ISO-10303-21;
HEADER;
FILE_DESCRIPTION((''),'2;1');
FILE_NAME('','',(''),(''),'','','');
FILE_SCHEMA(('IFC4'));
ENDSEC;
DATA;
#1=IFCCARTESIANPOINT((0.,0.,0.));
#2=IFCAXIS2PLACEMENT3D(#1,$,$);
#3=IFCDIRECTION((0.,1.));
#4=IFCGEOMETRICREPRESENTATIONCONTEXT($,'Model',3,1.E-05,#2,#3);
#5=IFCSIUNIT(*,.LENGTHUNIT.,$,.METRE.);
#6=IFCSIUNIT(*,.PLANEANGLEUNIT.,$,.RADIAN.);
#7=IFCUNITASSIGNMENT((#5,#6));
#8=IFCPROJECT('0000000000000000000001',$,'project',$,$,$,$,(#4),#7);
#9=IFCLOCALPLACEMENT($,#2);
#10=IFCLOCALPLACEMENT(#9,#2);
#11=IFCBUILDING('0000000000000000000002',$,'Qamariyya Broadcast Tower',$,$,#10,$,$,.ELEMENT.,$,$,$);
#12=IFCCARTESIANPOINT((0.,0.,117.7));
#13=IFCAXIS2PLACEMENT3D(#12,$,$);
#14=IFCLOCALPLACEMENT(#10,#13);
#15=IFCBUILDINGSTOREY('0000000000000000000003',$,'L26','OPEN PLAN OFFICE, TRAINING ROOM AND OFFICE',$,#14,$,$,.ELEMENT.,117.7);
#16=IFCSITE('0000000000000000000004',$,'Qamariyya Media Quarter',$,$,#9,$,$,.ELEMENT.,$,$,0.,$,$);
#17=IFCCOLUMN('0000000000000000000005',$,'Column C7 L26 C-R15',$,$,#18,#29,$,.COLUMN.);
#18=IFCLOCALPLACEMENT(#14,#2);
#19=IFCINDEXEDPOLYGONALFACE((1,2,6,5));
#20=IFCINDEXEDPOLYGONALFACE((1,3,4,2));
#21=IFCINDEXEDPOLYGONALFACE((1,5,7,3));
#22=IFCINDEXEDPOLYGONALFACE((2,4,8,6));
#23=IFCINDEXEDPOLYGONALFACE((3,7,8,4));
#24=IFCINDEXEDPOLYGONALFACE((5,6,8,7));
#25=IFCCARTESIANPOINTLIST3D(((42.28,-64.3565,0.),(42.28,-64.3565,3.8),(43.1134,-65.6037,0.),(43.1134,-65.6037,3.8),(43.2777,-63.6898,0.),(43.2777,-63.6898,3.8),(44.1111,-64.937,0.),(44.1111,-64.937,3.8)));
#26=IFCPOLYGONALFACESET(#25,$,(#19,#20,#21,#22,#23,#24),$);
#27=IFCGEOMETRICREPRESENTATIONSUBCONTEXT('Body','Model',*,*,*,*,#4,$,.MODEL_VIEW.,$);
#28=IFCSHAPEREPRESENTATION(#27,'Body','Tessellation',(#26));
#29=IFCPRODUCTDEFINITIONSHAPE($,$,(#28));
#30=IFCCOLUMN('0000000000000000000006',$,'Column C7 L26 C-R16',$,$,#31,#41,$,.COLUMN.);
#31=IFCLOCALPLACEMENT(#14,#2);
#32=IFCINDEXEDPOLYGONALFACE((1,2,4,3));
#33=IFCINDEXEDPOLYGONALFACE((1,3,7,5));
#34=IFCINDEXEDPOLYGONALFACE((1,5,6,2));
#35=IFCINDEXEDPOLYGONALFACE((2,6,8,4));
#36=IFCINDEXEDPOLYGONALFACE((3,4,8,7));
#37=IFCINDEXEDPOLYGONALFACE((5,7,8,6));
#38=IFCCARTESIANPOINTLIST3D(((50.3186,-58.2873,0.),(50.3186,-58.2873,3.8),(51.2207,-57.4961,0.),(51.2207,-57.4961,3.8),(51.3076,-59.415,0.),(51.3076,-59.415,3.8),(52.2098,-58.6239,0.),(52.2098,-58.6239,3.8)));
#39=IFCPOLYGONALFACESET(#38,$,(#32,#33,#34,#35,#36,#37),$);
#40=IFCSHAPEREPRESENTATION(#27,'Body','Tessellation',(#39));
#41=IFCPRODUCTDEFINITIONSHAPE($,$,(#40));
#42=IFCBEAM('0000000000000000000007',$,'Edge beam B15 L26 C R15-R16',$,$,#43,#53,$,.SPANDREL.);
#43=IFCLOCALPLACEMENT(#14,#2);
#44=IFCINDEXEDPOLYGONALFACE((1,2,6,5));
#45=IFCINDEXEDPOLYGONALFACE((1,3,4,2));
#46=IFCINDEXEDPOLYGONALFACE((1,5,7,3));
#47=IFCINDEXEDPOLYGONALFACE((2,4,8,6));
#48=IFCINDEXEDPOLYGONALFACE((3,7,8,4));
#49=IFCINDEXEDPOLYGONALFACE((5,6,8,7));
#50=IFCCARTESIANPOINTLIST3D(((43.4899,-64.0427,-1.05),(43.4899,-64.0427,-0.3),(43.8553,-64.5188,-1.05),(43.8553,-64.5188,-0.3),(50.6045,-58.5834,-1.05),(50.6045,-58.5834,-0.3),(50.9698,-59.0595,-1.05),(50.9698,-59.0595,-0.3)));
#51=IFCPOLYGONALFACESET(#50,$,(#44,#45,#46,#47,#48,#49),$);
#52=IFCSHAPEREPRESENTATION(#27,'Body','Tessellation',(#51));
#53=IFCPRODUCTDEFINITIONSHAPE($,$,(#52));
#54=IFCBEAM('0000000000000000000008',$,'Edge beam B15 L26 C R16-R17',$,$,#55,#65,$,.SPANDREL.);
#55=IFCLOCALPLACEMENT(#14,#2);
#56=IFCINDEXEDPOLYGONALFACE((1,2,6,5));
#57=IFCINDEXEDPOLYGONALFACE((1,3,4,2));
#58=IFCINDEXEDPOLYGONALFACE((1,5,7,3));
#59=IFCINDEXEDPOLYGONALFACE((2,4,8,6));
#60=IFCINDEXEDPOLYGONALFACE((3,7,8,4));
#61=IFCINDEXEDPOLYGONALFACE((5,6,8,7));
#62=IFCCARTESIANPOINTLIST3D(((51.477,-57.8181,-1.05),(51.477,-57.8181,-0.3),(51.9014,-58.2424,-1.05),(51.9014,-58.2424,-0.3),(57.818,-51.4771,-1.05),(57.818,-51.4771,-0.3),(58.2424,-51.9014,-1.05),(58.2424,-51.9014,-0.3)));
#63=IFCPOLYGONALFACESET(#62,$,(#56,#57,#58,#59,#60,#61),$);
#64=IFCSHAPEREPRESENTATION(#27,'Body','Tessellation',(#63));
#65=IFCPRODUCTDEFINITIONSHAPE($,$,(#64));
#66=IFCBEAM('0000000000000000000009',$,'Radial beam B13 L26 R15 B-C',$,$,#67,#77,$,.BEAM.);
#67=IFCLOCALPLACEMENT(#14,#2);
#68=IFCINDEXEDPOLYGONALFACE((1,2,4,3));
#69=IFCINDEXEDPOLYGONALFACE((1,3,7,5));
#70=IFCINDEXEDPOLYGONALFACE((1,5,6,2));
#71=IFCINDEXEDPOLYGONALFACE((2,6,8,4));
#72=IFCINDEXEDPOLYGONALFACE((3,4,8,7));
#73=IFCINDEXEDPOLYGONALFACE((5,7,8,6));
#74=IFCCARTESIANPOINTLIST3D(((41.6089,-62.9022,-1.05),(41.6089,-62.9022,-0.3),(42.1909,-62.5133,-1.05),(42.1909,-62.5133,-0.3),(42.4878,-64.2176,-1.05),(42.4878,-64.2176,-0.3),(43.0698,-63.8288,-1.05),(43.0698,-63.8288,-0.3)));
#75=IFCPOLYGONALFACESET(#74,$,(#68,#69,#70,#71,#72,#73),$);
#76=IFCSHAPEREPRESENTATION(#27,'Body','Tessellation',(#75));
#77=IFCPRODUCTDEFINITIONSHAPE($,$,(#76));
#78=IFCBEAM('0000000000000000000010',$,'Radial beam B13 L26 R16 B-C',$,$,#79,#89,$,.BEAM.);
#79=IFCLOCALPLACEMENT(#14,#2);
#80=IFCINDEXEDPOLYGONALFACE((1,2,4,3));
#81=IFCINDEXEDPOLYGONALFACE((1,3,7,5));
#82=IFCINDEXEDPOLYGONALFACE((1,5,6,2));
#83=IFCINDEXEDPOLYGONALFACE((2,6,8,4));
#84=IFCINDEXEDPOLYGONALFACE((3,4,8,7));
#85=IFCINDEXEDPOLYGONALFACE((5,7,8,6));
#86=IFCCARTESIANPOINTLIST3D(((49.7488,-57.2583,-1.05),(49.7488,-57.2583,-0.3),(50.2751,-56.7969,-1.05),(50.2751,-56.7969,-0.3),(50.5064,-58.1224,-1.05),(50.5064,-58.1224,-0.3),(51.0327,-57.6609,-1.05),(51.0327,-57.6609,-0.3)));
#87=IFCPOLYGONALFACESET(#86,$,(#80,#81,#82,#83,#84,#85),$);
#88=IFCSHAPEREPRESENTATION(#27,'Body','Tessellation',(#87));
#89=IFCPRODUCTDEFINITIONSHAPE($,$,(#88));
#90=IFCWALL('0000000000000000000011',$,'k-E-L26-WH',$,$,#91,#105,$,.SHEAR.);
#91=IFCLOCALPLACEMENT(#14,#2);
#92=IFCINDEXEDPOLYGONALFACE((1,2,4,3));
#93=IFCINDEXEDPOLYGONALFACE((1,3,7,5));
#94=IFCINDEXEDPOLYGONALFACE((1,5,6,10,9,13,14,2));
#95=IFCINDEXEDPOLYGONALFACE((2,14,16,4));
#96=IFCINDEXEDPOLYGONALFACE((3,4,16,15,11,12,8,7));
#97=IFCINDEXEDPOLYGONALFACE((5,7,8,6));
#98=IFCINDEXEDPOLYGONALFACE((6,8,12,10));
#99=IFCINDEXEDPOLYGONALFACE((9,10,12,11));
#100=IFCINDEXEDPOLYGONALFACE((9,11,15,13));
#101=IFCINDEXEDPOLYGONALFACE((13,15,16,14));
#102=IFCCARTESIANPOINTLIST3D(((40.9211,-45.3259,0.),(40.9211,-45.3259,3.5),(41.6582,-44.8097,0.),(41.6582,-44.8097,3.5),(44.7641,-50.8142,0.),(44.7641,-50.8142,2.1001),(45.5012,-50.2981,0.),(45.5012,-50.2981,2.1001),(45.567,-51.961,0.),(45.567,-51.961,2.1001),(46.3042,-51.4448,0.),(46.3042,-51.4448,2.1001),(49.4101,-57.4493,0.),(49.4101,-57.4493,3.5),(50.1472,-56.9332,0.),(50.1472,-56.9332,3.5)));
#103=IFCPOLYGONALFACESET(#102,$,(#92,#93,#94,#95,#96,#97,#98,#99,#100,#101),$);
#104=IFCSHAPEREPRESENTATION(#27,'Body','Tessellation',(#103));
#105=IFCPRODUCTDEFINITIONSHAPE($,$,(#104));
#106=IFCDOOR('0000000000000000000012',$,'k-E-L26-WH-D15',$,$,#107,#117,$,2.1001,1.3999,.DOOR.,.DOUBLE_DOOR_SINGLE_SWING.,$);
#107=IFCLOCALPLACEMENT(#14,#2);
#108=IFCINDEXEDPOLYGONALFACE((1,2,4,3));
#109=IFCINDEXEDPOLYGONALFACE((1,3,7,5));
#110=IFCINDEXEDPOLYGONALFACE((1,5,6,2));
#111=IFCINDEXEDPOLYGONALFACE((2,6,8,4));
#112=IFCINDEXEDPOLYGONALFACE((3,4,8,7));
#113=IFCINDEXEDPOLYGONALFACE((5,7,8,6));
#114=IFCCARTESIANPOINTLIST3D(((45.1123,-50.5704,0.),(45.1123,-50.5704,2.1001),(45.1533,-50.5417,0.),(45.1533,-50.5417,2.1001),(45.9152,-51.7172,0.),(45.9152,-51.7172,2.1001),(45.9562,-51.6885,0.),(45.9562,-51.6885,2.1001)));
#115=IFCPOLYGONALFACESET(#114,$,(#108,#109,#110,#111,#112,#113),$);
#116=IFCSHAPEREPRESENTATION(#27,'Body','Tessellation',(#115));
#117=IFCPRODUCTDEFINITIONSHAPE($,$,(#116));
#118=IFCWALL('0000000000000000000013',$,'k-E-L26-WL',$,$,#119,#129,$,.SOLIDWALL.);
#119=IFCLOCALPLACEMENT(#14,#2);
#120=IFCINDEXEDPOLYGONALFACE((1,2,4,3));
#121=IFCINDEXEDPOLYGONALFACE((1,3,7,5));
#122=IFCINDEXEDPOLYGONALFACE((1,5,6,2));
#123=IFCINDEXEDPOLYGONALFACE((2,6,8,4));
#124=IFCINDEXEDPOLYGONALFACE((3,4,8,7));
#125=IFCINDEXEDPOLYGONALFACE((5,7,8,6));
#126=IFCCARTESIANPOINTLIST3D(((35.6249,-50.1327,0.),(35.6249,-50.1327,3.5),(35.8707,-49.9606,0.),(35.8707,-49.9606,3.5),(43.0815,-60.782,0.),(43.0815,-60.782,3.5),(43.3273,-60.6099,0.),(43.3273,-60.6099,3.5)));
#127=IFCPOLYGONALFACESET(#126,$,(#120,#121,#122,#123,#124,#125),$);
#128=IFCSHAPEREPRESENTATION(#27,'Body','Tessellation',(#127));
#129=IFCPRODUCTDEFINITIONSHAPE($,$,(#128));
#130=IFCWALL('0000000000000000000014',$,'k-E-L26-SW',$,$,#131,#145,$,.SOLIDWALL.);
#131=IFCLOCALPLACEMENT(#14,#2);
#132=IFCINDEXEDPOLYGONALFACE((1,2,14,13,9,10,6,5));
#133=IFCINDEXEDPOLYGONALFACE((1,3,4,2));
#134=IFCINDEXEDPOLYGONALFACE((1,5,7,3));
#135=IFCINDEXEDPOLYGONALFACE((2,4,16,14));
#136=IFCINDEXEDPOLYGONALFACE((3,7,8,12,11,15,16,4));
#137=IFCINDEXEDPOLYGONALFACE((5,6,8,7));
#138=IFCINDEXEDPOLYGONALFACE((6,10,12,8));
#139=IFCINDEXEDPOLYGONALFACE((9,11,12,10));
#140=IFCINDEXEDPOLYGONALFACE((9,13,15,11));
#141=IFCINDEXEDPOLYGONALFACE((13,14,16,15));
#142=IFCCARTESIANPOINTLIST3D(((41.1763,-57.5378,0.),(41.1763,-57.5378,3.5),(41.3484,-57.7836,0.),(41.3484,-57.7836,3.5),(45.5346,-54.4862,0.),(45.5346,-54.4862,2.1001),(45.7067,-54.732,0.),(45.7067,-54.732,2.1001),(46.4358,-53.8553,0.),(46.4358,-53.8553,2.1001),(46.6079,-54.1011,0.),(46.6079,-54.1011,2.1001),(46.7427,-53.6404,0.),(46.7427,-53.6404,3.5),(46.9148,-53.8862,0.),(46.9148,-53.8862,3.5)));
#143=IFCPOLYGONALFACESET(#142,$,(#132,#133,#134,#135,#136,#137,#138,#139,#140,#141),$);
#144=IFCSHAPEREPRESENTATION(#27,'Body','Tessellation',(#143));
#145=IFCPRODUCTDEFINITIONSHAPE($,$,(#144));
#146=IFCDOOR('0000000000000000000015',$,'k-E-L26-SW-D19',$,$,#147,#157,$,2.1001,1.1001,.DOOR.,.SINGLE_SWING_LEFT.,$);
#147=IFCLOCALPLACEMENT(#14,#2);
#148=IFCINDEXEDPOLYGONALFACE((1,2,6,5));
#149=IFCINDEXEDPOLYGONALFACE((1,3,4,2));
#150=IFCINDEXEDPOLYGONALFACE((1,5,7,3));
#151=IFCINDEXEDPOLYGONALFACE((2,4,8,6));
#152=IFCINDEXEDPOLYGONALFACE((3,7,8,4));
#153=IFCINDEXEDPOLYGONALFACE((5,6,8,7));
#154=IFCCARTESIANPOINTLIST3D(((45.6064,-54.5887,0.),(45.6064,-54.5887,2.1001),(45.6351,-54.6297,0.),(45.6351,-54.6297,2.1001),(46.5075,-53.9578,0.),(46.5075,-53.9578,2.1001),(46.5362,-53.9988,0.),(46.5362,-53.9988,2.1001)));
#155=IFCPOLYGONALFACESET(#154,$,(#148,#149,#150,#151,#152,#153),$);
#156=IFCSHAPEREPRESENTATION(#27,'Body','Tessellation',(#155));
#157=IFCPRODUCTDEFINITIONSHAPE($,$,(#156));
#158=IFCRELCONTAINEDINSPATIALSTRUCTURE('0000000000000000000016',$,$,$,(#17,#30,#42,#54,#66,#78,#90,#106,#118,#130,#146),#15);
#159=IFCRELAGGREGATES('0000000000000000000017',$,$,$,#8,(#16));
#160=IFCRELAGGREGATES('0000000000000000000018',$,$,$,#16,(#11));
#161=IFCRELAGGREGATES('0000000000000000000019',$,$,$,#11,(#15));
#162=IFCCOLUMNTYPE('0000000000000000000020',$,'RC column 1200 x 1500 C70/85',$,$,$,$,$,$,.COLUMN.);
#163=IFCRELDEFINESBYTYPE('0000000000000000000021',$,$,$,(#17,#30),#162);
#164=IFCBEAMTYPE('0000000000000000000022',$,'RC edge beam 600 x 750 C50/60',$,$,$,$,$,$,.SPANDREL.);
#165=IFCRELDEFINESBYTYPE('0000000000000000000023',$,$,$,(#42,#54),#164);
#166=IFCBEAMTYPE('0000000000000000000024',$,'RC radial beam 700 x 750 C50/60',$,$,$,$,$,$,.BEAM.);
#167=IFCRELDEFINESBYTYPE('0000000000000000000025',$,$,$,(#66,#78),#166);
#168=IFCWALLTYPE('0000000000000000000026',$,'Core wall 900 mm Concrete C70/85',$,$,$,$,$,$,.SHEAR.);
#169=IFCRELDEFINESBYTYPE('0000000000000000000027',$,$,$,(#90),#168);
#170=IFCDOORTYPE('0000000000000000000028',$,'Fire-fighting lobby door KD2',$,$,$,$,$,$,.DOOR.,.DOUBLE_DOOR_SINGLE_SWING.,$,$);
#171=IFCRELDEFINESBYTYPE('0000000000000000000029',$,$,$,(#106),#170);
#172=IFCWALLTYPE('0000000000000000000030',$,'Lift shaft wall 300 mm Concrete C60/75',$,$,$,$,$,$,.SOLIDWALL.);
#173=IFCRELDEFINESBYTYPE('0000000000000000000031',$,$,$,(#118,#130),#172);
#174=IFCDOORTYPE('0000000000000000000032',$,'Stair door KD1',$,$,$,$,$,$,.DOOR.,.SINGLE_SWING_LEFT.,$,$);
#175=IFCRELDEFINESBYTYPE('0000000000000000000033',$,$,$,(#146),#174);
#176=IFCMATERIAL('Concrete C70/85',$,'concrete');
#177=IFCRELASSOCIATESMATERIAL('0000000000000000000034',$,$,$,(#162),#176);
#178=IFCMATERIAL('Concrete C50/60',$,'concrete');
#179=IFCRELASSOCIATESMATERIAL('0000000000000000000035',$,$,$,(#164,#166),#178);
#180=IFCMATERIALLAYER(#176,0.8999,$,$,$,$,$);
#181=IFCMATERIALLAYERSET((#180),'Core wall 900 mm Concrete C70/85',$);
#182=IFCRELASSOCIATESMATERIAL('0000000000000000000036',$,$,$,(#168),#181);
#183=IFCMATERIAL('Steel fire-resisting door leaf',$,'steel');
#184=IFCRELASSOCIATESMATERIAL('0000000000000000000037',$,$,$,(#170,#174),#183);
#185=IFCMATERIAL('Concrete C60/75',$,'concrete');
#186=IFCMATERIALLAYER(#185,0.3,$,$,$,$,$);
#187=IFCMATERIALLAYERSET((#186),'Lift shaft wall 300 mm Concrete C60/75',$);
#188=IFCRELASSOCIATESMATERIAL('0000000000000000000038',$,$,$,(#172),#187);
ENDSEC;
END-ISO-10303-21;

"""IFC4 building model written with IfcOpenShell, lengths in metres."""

from ifc_helpers import new_model, si_unit, direction, frame, frame_2d, origin, origin_2d, place, context, subcontext, project, spatial, rectangle, extrude, material, layer, layer_set, material_profile, profile_set, type_object, element, fill, save


model = new_model("IFC4")

# Units and contexts
model_context = context("Model", 3, precision=1e-05, world=origin(), true_north=direction((0.0, 1.0)))
body_context = subcontext(model_context, "Body", "Model", "MODEL_VIEW")
ifc_project = project(units=[si_unit("LENGTHUNIT", "METRE"), si_unit("PLANEANGLEUNIT", "RADIAN")], contexts=[model_context])

# Site, building, storey
site_placement = place(None, origin())
site = spatial("IfcSite", under=ifc_project, at=site_placement, Name="Qamariyya Media Quarter", CompositionType="ELEMENT", RefElevation=0.0)
building_placement = place(site_placement, origin())
building = spatial("IfcBuilding", under=site, at=building_placement, Name="Qamariyya Broadcast Tower", CompositionType="ELEMENT")
storey_placement = place(building_placement, frame((0.0, 0.0, 117.7)))
storey = spatial("IfcBuildingStorey", under=building, at=storey_placement, Name="L26", Description="OPEN PLAN OFFICE, TRAINING ROOM AND OFFICE", CompositionType="ELEMENT", Elevation=117.7)

# Columns
ifc_material_1 = material(Name="Concrete C70/85", Category="concrete")
ifc_material_profile_1 = material_profile(ifc_material_1, rectangle(XDim=1.2, YDim=1.5, at=origin_2d()))
ifc_profile_set_1 = profile_set([ifc_material_profile_1], Name="Concrete C70/85")
column_type = type_object("IfcColumnType", Name="RC column 1200 x 1500 C70/85", PredefinedType="COLUMN", material=ifc_profile_set_1)
for number, where, z_axis, x_axis, name in (
    (1, (43.1956, -64.6467, 0.0), (0.0, 0.0, 1.0), (0.83147, 0.55557, 0.0), "Column C7 L26 C-R15"),
    (2, (51.2642, -58.4556, 0.0), (0.0, 0.0, 1.0), (0.75184, 0.659346, 0.0), "Column C7 L26 C-R16"),
):
    element("IfcColumn", number, at=place(storey_placement, frame(where, z_axis=z_axis, x_axis=x_axis)), inside=storey, type_object=column_type, Name=name, PredefinedType="COLUMN", context=body_context, shape_type="SweptSolid", body=[
        extrude(rectangle(XDim=1.2, YDim=1.5, at=origin_2d()), origin(), (0.0, 0.0, 1.0), 3.8),
    ])

# Beams
ifc_material_2 = material(Name="Concrete C50/60", Category="concrete")
ifc_material_profile_2 = material_profile(ifc_material_2, rectangle(XDim=0.6001, YDim=0.75, at=origin_2d()))
ifc_profile_set_2 = profile_set([ifc_material_profile_2], Name="Concrete C50/60")
beam_type_1 = type_object("IfcBeamType", Name="RC edge beam 600 x 750 C50/60", PredefinedType="SPANDREL", material=ifc_profile_set_2)
beam_1_placement = place(storey_placement, frame((43.6726, -64.2808, -0.675), z_axis=(0.793349, 0.608767, 0.0), x_axis=(-0.608767, 0.793349, 0.0)))
element("IfcBeam", 3, at=beam_1_placement, inside=storey, type_object=beam_type_1, Name="Edge beam B15 L26 C R15-R16", PredefinedType="SPANDREL", context=body_context, shape_type="SweptSolid", body=[
    extrude(rectangle(XDim=0.6001, YDim=0.75, at=origin_2d()), origin(), (0.0, 0.0, 1.0), 8.9678),
])
beam_2_placement = place(storey_placement, frame((51.6892, -58.0303, -0.675), z_axis=(0.707107, 0.707107, 0.0), x_axis=(-0.707107, 0.707107, 0.0)))
element("IfcBeam", 4, at=beam_2_placement, inside=storey, type_object=beam_type_1, Name="Edge beam B15 L26 C R16-R17", PredefinedType="SPANDREL", context=body_context, shape_type="SweptSolid", body=[
    extrude(rectangle(XDim=0.6001, YDim=0.75, at=origin_2d()), origin(), (0.0, 0.0, 1.0), 8.9675),
])
ifc_material_profile_3 = material_profile(ifc_material_2, rectangle(XDim=0.7, YDim=0.75, at=origin_2d()))
ifc_profile_set_3 = profile_set([ifc_material_profile_3], Name="Concrete C50/60")
beam_type_2 = type_object("IfcBeamType", Name="RC radial beam 700 x 750 C50/60", PredefinedType="BEAM", material=ifc_profile_set_3)
beam_3_placement = place(storey_placement, frame((41.8999, -62.7078, -0.675), z_axis=(0.555555, -0.83148, 0.0), x_axis=(0.83148, 0.555555, 0.0)))
element("IfcBeam", 5, at=beam_3_placement, inside=storey, type_object=beam_type_2, Name="Radial beam B13 L26 R15 B-C", PredefinedType="BEAM", context=body_context, shape_type="SweptSolid", body=[
    extrude(rectangle(XDim=0.7, YDim=0.75, at=origin_2d()), origin(), (0.0, 0.0, 1.0), 1.582),
])
beam_4_placement = place(storey_placement, frame((50.012, -57.0276, -0.675), z_axis=(0.659271, -0.751905, 0.0), x_axis=(0.751905, 0.659271, 0.0)))
element("IfcBeam", 6, at=beam_4_placement, inside=storey, type_object=beam_type_2, Name="Radial beam B13 L26 R16 B-C", PredefinedType="BEAM", context=body_context, shape_type="SweptSolid", body=[
    extrude(rectangle(XDim=0.7, YDim=0.75, at=origin_2d()), origin(), (0.0, 0.0, 1.0), 1.1492),
])

# Wall, opening, door
ifc_layer_1 = layer(ifc_material_1, 0.8999)
ifc_layer_set_1 = layer_set([ifc_layer_1], Name="Core wall 900 mm Concrete C70/85")
wall_type_1 = type_object("IfcWallType", Name="Core wall 900 mm Concrete C70/85", PredefinedType="SHEAR", material=ifc_layer_set_1)
wall_1_placement = place(storey_placement, frame((49.7786, -57.1912, 0.0), z_axis=(0.0, 0.0, 1.0), x_axis=(-0.573577, 0.819151, 0.0)))
wall_1 = element("IfcWall", 7, at=wall_1_placement, inside=storey, type_object=wall_type_1, Name="k-E-L26-WH", PredefinedType="SHEAR", context=body_context, shape_type="SweptSolid", body=[
    extrude(rectangle(XDim=14.8, YDim=0.8999, at=frame_2d((7.3999, 0.0))), origin(), (0.0, 0.0, 1.0), 3.5),
])
opening_1_placement = place(wall_1_placement, frame((6.7, 0.0, 0.0)))
opening_1 = element("IfcOpeningElement", 8, at=opening_1_placement, cuts=wall_1, PredefinedType="OPENING", context=body_context, shape_type="SweptSolid", body=[
    extrude(rectangle(XDim=1.3999, YDim=2.1001, at=frame_2d((0.7, 1.05))), frame((0.0, 0.46, 0.0), z_axis=(0.0, -1.0, 0.0), x_axis=(1.0, 0.0, 0.0)), (0.0, 0.0, 1.0), 0.9199),
])
ifc_material_3 = material(Name="Steel fire-resisting door leaf", Category="steel")
door_type_1 = type_object("IfcDoorType", Name="Fire-fighting lobby door KD2", OperationType="DOUBLE_DOOR_SINGLE_SWING", PredefinedType="DOOR", material=ifc_material_3)
door_1_placement = place(opening_1_placement, origin())
door_1 = element("IfcDoor", 9, at=door_1_placement, inside=storey, type_object=door_type_1, Name="k-E-L26-WH-D15", OperationType="DOUBLE_DOOR_SINGLE_SWING", OverallHeight=2.1001, OverallWidth=1.3999, PredefinedType="DOOR", context=body_context, shape_type="SweptSolid", body=[
    extrude(rectangle(XDim=1.3999, YDim=2.1001, at=frame_2d((0.7, 1.05))), frame((0.0, 0.0249, 0.0), z_axis=(0.0, -1.0, 0.0), x_axis=(1.0, 0.0, 0.0)), (0.0, 0.0, 1.0), 0.05),
])
fill(opening_1, door_1)

# Wall
ifc_material_4 = material(Name="Concrete C60/75", Category="concrete")
ifc_layer_2 = layer(ifc_material_4, 0.3)
ifc_layer_set_2 = layer_set([ifc_layer_2], Name="Lift shaft wall 300 mm Concrete C60/75")
wall_type_2 = type_object("IfcWallType", Name="Lift shaft wall 300 mm Concrete C60/75", PredefinedType="SOLIDWALL", material=ifc_layer_set_2)
wall_2_placement = place(storey_placement, frame((43.2043, -60.6958, 0.0), z_axis=(0.0, 0.0, 1.0), x_axis=(-0.573572, 0.819155, 0.0)))
element("IfcWall", 10, at=wall_2_placement, inside=storey, type_object=wall_type_2, Name="k-E-L26-WL", PredefinedType="SOLIDWALL", context=body_context, shape_type="SweptSolid", body=[
    extrude(rectangle(XDim=13.0002, YDim=0.3, at=frame_2d((6.5, 0.0))), origin(), (0.0, 0.0, 1.0), 3.5),
])

# Wall, opening, door
wall_3_placement = place(storey_placement, frame((41.2625, -57.6606, 0.0), z_axis=(0.0, 0.0, 1.0), x_axis=(0.819164, 0.573559, 0.0)))
wall_3 = element("IfcWall", 11, at=wall_3_placement, inside=storey, type_object=wall_type_2, Name="k-E-L26-SW", PredefinedType="SOLIDWALL", context=body_context, shape_type="SweptSolid", body=[
    extrude(rectangle(XDim=6.7952, YDim=0.3, at=frame_2d((3.3975, 0.0))), origin(), (0.0, 0.0, 1.0), 3.5),
])
opening_2_placement = place(wall_3_placement, frame((5.3203, 0.0, 0.0)))
opening_2 = element("IfcOpeningElement", 12, at=opening_2_placement, cuts=wall_3, PredefinedType="OPENING", context=body_context, shape_type="SweptSolid", body=[
    extrude(rectangle(XDim=1.1001, YDim=2.1001, at=frame_2d((0.55, 1.05))), frame((0.0, 0.1599, 0.0), z_axis=(0.0, -1.0, 0.0), x_axis=(1.0, 0.0, 0.0)), (0.0, 0.0, 1.0), 0.3201),
])
door_type_2 = type_object("IfcDoorType", Name="Stair door KD1", OperationType="SINGLE_SWING_LEFT", PredefinedType="DOOR", material=ifc_material_3)
door_2_placement = place(opening_2_placement, origin())
door_2 = element("IfcDoor", 13, at=door_2_placement, inside=storey, type_object=door_type_2, Name="k-E-L26-SW-D19", OperationType="SINGLE_SWING_LEFT", OverallHeight=2.1001, OverallWidth=1.1001, PredefinedType="DOOR", context=body_context, shape_type="SweptSolid", body=[
    extrude(rectangle(XDim=1.1001, YDim=2.1001, at=frame_2d((0.55, 1.05))), frame((0.0, 0.0249, 0.0), z_axis=(0.0, -1.0, 0.0), x_axis=(1.0, 0.0, 0.0)), (0.0, 0.0, 1.0), 0.05),
])
fill(opening_2, door_2)

save(model, "model.ifc")
